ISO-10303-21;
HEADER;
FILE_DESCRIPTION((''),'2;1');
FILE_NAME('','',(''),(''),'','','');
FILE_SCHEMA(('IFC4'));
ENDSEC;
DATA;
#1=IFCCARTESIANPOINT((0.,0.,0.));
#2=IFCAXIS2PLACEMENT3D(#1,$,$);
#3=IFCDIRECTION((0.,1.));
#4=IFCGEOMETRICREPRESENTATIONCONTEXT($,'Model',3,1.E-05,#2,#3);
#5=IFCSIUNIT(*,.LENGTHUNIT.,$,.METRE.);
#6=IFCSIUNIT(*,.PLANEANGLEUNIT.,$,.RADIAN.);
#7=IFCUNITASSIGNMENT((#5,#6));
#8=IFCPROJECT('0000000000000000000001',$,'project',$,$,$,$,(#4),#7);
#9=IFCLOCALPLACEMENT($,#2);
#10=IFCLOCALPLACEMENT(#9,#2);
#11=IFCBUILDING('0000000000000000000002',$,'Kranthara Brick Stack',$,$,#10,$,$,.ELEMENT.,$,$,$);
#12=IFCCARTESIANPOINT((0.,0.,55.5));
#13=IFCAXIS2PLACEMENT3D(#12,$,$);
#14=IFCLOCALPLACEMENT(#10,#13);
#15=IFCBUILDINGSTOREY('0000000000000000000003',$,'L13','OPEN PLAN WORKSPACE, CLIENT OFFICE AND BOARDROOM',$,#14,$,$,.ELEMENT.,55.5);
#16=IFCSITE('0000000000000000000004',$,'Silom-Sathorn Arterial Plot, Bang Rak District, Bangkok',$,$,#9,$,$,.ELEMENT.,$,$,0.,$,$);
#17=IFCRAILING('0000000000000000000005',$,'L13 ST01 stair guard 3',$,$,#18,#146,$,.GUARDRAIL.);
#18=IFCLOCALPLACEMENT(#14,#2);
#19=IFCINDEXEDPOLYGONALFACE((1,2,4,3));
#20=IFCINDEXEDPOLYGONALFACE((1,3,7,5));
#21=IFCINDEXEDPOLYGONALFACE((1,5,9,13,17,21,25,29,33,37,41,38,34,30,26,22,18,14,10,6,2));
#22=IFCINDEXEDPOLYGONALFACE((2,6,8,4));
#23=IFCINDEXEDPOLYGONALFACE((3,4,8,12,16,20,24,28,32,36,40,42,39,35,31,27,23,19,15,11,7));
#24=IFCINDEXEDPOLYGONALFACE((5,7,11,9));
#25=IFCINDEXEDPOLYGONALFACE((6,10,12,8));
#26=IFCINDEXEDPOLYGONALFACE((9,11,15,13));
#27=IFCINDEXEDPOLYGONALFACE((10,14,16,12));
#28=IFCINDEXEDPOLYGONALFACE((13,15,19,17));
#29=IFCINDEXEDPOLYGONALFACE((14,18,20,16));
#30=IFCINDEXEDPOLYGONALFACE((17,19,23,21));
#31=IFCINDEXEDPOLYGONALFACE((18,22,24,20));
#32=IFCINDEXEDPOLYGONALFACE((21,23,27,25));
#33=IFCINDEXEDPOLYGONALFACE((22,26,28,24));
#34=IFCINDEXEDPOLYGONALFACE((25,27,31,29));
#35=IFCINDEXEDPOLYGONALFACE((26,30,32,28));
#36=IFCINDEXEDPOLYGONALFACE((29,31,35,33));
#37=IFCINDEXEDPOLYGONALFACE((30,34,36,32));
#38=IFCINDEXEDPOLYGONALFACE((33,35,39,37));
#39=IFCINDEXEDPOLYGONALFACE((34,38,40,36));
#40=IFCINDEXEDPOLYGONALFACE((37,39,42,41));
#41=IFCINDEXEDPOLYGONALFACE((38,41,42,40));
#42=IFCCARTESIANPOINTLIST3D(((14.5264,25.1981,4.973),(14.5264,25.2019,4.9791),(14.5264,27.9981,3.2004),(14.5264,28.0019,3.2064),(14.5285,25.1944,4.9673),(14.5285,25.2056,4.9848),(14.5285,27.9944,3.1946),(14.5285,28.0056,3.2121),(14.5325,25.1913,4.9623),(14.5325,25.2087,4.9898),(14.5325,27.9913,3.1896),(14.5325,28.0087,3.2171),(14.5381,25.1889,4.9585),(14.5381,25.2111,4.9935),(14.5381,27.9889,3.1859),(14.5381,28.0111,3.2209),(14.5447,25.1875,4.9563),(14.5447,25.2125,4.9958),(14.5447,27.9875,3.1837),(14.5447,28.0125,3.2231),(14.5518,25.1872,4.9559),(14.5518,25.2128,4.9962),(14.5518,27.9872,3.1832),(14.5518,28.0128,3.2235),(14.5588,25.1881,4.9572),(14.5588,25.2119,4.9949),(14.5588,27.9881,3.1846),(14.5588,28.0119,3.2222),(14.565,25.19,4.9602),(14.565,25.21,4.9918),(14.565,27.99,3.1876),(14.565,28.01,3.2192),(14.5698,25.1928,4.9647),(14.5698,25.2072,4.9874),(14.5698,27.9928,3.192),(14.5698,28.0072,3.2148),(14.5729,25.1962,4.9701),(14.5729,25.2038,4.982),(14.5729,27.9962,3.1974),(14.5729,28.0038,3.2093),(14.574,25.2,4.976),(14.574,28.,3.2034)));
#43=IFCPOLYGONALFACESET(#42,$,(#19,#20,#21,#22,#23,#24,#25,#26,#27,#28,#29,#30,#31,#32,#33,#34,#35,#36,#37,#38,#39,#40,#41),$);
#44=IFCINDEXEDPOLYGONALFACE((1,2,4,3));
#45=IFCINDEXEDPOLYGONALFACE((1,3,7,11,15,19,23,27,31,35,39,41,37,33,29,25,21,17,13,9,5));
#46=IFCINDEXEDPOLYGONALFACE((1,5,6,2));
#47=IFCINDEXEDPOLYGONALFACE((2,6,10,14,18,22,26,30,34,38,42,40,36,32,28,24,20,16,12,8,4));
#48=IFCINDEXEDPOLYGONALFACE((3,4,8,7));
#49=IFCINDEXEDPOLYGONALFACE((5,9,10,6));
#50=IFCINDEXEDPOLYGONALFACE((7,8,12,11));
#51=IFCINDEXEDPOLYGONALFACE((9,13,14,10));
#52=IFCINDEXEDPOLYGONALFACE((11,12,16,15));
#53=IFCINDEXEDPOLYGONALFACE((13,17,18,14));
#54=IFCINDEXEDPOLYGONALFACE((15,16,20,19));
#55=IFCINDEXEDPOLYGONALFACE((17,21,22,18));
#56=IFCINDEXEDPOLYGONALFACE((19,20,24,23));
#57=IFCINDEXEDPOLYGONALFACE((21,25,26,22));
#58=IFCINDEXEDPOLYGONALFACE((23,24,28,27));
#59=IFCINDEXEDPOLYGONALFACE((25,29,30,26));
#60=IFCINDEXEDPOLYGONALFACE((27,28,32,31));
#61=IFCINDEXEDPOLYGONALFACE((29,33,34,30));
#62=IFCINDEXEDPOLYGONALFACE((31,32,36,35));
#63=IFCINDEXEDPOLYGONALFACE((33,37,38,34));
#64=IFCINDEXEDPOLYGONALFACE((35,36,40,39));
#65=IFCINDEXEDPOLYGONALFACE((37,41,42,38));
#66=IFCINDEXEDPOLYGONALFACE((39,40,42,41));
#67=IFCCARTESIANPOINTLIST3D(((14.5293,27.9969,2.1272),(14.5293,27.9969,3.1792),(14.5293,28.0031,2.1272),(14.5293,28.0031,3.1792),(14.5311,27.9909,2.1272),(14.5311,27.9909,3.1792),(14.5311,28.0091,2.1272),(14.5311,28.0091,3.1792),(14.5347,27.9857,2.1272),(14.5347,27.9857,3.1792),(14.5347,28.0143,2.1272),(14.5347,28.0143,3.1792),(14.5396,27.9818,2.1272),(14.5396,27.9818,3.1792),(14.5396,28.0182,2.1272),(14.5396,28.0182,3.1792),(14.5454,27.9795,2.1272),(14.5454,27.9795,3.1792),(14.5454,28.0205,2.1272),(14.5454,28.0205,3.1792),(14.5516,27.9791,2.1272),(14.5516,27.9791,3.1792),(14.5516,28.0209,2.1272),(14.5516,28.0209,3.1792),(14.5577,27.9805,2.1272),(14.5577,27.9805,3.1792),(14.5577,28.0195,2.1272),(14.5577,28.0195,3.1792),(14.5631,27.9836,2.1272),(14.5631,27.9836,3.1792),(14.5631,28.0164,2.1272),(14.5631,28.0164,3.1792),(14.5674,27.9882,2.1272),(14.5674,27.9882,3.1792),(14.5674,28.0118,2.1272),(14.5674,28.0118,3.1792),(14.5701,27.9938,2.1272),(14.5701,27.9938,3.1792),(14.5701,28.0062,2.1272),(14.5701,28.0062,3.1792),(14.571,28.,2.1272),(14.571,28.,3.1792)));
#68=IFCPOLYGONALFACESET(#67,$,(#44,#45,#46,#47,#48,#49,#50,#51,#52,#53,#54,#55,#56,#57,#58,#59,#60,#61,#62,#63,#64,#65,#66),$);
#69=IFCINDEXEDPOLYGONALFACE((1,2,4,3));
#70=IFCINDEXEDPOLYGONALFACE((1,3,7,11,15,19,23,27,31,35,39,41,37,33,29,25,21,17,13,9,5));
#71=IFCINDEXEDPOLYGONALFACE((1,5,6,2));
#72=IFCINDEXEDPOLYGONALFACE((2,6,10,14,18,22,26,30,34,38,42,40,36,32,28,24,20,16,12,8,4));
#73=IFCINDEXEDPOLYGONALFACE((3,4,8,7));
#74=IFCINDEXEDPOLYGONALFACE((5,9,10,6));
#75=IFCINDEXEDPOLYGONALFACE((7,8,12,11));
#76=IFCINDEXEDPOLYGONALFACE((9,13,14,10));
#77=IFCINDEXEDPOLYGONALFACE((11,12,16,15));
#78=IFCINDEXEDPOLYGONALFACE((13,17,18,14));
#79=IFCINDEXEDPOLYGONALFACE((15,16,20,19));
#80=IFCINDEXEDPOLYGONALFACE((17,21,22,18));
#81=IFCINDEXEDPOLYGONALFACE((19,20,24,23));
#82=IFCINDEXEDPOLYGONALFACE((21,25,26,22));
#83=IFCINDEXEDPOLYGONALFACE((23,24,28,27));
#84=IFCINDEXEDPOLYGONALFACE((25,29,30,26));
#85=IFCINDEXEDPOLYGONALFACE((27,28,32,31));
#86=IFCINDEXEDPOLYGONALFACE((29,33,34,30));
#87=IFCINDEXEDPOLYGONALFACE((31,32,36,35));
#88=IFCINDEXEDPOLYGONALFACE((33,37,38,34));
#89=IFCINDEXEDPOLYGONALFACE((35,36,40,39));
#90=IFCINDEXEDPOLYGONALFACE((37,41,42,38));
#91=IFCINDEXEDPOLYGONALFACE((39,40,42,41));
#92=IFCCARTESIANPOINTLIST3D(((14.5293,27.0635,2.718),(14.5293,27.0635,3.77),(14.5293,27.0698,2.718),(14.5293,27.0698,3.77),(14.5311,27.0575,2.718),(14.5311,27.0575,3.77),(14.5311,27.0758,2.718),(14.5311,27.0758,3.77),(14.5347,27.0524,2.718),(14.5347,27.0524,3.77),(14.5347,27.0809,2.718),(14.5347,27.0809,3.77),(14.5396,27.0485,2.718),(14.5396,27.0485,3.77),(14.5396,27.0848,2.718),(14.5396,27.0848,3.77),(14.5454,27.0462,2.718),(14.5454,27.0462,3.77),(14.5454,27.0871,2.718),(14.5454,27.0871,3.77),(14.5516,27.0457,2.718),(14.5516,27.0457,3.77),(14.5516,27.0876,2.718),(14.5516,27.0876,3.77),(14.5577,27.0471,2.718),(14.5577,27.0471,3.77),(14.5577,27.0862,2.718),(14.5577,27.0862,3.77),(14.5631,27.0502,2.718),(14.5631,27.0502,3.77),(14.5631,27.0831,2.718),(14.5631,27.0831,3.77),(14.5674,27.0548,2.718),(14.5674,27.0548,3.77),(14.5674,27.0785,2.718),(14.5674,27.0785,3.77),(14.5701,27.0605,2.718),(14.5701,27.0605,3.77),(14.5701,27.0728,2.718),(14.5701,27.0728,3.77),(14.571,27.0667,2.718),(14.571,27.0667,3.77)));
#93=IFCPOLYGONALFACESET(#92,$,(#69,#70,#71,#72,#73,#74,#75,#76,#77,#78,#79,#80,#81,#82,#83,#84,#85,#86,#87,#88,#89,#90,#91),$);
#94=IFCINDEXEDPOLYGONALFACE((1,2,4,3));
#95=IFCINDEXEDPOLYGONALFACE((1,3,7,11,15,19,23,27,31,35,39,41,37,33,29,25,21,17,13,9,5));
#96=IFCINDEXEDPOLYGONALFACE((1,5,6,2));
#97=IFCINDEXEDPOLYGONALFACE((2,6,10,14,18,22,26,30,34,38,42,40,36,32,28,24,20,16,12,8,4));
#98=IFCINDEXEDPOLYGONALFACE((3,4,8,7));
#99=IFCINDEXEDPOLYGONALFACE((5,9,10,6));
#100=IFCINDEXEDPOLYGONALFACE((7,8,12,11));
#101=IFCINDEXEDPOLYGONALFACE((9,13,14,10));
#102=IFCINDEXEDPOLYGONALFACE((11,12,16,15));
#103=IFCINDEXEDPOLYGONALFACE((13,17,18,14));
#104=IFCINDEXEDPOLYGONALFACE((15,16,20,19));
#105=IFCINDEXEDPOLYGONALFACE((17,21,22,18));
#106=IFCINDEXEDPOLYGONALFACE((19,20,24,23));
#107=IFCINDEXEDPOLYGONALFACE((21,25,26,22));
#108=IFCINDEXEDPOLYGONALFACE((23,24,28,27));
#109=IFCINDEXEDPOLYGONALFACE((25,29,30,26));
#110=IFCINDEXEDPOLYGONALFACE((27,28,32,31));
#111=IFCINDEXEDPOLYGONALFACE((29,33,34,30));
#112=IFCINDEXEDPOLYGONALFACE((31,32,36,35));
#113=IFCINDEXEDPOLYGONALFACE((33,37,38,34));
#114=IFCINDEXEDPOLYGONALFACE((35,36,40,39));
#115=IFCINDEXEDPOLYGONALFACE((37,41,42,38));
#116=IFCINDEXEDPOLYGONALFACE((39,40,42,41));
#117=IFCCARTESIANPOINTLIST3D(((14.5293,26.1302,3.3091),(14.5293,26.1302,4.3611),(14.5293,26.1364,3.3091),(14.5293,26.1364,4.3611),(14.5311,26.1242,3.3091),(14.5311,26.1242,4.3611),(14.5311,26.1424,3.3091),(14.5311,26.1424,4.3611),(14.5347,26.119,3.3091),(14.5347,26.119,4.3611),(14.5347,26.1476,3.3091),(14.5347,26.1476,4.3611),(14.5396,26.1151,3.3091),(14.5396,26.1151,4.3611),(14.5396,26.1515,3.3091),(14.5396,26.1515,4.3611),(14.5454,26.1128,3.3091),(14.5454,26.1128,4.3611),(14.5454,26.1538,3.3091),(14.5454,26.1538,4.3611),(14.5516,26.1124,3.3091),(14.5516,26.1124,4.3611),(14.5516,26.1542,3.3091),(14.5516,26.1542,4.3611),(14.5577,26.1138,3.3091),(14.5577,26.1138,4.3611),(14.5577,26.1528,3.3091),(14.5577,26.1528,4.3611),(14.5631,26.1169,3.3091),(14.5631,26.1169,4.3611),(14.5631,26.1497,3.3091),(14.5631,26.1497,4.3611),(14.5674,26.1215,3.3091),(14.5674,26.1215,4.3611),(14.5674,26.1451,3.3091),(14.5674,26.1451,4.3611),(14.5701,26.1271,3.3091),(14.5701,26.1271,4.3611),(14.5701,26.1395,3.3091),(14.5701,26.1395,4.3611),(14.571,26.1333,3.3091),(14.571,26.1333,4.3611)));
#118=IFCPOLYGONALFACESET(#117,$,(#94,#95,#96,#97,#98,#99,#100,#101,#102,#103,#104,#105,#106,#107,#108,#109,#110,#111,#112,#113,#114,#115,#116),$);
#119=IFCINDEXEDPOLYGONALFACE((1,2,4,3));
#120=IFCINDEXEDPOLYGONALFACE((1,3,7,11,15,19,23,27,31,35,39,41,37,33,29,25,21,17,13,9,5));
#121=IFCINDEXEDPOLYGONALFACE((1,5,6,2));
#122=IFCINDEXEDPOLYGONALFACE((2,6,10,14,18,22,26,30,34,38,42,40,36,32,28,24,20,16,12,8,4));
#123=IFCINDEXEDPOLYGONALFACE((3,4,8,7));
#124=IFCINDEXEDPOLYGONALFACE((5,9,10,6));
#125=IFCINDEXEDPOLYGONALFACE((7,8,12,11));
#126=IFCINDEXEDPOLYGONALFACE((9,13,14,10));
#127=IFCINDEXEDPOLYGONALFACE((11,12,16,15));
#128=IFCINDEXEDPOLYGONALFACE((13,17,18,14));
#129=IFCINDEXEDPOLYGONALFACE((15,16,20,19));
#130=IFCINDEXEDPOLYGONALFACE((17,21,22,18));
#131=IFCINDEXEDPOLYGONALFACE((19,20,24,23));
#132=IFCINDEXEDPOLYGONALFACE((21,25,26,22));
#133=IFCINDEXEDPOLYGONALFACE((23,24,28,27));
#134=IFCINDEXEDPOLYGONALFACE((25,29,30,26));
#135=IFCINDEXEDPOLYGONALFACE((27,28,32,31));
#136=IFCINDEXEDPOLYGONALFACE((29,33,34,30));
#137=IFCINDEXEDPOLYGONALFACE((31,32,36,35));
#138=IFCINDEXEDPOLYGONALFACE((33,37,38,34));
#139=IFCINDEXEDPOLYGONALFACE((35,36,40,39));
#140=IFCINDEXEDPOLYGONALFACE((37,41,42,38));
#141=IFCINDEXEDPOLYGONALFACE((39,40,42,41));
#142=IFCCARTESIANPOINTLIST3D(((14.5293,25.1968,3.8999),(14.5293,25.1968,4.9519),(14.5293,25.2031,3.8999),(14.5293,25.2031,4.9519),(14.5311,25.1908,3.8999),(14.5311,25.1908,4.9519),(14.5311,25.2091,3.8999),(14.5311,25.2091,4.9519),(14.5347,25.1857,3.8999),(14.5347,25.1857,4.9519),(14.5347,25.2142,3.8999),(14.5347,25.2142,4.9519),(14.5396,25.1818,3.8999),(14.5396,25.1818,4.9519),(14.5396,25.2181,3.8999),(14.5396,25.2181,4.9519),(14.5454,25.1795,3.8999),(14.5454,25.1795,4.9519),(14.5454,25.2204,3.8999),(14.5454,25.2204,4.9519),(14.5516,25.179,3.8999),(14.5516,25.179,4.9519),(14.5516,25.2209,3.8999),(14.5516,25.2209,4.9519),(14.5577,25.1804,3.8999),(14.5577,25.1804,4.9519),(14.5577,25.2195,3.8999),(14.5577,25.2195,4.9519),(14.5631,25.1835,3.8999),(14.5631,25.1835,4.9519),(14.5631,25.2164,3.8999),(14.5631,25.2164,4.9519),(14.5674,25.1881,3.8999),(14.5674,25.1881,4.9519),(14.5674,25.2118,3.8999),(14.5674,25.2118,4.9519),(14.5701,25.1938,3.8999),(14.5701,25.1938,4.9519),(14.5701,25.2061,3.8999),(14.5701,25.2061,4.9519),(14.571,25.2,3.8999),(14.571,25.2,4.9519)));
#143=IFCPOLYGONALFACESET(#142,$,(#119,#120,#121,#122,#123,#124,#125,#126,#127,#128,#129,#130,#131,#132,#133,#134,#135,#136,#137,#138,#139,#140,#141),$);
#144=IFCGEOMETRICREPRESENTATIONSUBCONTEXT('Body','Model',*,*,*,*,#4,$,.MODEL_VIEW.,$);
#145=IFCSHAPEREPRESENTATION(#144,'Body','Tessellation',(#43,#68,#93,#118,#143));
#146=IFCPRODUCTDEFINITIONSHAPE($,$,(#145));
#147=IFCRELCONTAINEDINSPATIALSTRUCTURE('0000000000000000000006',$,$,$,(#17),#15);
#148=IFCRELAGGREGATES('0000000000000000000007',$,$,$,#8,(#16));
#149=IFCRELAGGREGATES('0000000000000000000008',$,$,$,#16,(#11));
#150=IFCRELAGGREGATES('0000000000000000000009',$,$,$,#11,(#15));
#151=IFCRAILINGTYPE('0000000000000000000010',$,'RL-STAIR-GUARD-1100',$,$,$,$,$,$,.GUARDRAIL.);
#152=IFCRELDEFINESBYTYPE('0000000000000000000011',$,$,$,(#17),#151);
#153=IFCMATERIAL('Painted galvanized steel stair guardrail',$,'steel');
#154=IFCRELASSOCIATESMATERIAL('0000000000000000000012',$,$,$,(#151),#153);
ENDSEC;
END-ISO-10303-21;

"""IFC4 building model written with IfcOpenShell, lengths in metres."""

from ifc_helpers import new_model, si_unit, direction, frame, origin, origin_2d, place, context, subcontext, project, spatial, circle, extrude, material, type_object, element, save


model = new_model("IFC4")

# Units and contexts
model_context = context("Model", 3, precision=1e-05, world=origin(), true_north=direction((0.0, 1.0)))
body_context = subcontext(model_context, "Body", "Model", "MODEL_VIEW")
ifc_project = project(units=[si_unit("LENGTHUNIT", "METRE"), si_unit("PLANEANGLEUNIT", "RADIAN")], contexts=[model_context])

# Site, building, storey
site_placement = place(None, origin())
site = spatial("IfcSite", under=ifc_project, at=site_placement, Name="Silom-Sathorn Arterial Plot, Bang Rak District, Bangkok", CompositionType="ELEMENT", RefElevation=0.0)
building_placement = place(site_placement, origin())
building = spatial("IfcBuilding", under=site, at=building_placement, Name="Kranthara Brick Stack", CompositionType="ELEMENT")
storey_placement = place(building_placement, frame((0.0, 0.0, 55.5)))
storey = spatial("IfcBuildingStorey", under=building, at=storey_placement, Name="L13", Description="OPEN PLAN WORKSPACE, CLIENT OFFICE AND BOARDROOM", CompositionType="ELEMENT", Elevation=55.5)

# Railing
ifc_material_1 = material(Name="Painted galvanized steel stair guardrail", Category="steel")
railing_type_1 = type_object("IfcRailingType", Name="RL-STAIR-GUARD-1100", PredefinedType="GUARDRAIL", material=ifc_material_1)
railing_1_placement = place(storey_placement, frame((14.55, 28.0, 2.1272)))
element("IfcRailing", 1, at=railing_1_placement, inside=storey, type_object=railing_type_1, Name="L13 ST01 stair guard 3", PredefinedType="GUARDRAIL", context=body_context, shape_type="SweptSolid", body=[
    extrude(circle(Radius=0.0239, at=origin_2d()), frame((0.0, 0.0, 1.0762), z_axis=(0.0, -0.844909, 0.53491), x_axis=(1.0, 0.0, 0.0)), (0.0, 0.0, 1.0), 3.314),
    extrude(circle(Radius=0.021, at=origin_2d()), origin(), (0.0, 0.0, 1.0), 1.052),
    extrude(circle(Radius=0.021, at=origin_2d()), frame((0.0, -0.9333, 0.5908)), (0.0, 0.0, 1.0), 1.052),
    extrude(circle(Radius=0.021, at=origin_2d()), frame((0.0, -1.8667, 1.1819)), (0.0, 0.0, 1.0), 1.052),
    extrude(circle(Radius=0.021, at=origin_2d()), frame((0.0, -2.8, 1.7727)), (0.0, 0.0, 1.0), 1.052),
])

save(model, "model.ifc")
